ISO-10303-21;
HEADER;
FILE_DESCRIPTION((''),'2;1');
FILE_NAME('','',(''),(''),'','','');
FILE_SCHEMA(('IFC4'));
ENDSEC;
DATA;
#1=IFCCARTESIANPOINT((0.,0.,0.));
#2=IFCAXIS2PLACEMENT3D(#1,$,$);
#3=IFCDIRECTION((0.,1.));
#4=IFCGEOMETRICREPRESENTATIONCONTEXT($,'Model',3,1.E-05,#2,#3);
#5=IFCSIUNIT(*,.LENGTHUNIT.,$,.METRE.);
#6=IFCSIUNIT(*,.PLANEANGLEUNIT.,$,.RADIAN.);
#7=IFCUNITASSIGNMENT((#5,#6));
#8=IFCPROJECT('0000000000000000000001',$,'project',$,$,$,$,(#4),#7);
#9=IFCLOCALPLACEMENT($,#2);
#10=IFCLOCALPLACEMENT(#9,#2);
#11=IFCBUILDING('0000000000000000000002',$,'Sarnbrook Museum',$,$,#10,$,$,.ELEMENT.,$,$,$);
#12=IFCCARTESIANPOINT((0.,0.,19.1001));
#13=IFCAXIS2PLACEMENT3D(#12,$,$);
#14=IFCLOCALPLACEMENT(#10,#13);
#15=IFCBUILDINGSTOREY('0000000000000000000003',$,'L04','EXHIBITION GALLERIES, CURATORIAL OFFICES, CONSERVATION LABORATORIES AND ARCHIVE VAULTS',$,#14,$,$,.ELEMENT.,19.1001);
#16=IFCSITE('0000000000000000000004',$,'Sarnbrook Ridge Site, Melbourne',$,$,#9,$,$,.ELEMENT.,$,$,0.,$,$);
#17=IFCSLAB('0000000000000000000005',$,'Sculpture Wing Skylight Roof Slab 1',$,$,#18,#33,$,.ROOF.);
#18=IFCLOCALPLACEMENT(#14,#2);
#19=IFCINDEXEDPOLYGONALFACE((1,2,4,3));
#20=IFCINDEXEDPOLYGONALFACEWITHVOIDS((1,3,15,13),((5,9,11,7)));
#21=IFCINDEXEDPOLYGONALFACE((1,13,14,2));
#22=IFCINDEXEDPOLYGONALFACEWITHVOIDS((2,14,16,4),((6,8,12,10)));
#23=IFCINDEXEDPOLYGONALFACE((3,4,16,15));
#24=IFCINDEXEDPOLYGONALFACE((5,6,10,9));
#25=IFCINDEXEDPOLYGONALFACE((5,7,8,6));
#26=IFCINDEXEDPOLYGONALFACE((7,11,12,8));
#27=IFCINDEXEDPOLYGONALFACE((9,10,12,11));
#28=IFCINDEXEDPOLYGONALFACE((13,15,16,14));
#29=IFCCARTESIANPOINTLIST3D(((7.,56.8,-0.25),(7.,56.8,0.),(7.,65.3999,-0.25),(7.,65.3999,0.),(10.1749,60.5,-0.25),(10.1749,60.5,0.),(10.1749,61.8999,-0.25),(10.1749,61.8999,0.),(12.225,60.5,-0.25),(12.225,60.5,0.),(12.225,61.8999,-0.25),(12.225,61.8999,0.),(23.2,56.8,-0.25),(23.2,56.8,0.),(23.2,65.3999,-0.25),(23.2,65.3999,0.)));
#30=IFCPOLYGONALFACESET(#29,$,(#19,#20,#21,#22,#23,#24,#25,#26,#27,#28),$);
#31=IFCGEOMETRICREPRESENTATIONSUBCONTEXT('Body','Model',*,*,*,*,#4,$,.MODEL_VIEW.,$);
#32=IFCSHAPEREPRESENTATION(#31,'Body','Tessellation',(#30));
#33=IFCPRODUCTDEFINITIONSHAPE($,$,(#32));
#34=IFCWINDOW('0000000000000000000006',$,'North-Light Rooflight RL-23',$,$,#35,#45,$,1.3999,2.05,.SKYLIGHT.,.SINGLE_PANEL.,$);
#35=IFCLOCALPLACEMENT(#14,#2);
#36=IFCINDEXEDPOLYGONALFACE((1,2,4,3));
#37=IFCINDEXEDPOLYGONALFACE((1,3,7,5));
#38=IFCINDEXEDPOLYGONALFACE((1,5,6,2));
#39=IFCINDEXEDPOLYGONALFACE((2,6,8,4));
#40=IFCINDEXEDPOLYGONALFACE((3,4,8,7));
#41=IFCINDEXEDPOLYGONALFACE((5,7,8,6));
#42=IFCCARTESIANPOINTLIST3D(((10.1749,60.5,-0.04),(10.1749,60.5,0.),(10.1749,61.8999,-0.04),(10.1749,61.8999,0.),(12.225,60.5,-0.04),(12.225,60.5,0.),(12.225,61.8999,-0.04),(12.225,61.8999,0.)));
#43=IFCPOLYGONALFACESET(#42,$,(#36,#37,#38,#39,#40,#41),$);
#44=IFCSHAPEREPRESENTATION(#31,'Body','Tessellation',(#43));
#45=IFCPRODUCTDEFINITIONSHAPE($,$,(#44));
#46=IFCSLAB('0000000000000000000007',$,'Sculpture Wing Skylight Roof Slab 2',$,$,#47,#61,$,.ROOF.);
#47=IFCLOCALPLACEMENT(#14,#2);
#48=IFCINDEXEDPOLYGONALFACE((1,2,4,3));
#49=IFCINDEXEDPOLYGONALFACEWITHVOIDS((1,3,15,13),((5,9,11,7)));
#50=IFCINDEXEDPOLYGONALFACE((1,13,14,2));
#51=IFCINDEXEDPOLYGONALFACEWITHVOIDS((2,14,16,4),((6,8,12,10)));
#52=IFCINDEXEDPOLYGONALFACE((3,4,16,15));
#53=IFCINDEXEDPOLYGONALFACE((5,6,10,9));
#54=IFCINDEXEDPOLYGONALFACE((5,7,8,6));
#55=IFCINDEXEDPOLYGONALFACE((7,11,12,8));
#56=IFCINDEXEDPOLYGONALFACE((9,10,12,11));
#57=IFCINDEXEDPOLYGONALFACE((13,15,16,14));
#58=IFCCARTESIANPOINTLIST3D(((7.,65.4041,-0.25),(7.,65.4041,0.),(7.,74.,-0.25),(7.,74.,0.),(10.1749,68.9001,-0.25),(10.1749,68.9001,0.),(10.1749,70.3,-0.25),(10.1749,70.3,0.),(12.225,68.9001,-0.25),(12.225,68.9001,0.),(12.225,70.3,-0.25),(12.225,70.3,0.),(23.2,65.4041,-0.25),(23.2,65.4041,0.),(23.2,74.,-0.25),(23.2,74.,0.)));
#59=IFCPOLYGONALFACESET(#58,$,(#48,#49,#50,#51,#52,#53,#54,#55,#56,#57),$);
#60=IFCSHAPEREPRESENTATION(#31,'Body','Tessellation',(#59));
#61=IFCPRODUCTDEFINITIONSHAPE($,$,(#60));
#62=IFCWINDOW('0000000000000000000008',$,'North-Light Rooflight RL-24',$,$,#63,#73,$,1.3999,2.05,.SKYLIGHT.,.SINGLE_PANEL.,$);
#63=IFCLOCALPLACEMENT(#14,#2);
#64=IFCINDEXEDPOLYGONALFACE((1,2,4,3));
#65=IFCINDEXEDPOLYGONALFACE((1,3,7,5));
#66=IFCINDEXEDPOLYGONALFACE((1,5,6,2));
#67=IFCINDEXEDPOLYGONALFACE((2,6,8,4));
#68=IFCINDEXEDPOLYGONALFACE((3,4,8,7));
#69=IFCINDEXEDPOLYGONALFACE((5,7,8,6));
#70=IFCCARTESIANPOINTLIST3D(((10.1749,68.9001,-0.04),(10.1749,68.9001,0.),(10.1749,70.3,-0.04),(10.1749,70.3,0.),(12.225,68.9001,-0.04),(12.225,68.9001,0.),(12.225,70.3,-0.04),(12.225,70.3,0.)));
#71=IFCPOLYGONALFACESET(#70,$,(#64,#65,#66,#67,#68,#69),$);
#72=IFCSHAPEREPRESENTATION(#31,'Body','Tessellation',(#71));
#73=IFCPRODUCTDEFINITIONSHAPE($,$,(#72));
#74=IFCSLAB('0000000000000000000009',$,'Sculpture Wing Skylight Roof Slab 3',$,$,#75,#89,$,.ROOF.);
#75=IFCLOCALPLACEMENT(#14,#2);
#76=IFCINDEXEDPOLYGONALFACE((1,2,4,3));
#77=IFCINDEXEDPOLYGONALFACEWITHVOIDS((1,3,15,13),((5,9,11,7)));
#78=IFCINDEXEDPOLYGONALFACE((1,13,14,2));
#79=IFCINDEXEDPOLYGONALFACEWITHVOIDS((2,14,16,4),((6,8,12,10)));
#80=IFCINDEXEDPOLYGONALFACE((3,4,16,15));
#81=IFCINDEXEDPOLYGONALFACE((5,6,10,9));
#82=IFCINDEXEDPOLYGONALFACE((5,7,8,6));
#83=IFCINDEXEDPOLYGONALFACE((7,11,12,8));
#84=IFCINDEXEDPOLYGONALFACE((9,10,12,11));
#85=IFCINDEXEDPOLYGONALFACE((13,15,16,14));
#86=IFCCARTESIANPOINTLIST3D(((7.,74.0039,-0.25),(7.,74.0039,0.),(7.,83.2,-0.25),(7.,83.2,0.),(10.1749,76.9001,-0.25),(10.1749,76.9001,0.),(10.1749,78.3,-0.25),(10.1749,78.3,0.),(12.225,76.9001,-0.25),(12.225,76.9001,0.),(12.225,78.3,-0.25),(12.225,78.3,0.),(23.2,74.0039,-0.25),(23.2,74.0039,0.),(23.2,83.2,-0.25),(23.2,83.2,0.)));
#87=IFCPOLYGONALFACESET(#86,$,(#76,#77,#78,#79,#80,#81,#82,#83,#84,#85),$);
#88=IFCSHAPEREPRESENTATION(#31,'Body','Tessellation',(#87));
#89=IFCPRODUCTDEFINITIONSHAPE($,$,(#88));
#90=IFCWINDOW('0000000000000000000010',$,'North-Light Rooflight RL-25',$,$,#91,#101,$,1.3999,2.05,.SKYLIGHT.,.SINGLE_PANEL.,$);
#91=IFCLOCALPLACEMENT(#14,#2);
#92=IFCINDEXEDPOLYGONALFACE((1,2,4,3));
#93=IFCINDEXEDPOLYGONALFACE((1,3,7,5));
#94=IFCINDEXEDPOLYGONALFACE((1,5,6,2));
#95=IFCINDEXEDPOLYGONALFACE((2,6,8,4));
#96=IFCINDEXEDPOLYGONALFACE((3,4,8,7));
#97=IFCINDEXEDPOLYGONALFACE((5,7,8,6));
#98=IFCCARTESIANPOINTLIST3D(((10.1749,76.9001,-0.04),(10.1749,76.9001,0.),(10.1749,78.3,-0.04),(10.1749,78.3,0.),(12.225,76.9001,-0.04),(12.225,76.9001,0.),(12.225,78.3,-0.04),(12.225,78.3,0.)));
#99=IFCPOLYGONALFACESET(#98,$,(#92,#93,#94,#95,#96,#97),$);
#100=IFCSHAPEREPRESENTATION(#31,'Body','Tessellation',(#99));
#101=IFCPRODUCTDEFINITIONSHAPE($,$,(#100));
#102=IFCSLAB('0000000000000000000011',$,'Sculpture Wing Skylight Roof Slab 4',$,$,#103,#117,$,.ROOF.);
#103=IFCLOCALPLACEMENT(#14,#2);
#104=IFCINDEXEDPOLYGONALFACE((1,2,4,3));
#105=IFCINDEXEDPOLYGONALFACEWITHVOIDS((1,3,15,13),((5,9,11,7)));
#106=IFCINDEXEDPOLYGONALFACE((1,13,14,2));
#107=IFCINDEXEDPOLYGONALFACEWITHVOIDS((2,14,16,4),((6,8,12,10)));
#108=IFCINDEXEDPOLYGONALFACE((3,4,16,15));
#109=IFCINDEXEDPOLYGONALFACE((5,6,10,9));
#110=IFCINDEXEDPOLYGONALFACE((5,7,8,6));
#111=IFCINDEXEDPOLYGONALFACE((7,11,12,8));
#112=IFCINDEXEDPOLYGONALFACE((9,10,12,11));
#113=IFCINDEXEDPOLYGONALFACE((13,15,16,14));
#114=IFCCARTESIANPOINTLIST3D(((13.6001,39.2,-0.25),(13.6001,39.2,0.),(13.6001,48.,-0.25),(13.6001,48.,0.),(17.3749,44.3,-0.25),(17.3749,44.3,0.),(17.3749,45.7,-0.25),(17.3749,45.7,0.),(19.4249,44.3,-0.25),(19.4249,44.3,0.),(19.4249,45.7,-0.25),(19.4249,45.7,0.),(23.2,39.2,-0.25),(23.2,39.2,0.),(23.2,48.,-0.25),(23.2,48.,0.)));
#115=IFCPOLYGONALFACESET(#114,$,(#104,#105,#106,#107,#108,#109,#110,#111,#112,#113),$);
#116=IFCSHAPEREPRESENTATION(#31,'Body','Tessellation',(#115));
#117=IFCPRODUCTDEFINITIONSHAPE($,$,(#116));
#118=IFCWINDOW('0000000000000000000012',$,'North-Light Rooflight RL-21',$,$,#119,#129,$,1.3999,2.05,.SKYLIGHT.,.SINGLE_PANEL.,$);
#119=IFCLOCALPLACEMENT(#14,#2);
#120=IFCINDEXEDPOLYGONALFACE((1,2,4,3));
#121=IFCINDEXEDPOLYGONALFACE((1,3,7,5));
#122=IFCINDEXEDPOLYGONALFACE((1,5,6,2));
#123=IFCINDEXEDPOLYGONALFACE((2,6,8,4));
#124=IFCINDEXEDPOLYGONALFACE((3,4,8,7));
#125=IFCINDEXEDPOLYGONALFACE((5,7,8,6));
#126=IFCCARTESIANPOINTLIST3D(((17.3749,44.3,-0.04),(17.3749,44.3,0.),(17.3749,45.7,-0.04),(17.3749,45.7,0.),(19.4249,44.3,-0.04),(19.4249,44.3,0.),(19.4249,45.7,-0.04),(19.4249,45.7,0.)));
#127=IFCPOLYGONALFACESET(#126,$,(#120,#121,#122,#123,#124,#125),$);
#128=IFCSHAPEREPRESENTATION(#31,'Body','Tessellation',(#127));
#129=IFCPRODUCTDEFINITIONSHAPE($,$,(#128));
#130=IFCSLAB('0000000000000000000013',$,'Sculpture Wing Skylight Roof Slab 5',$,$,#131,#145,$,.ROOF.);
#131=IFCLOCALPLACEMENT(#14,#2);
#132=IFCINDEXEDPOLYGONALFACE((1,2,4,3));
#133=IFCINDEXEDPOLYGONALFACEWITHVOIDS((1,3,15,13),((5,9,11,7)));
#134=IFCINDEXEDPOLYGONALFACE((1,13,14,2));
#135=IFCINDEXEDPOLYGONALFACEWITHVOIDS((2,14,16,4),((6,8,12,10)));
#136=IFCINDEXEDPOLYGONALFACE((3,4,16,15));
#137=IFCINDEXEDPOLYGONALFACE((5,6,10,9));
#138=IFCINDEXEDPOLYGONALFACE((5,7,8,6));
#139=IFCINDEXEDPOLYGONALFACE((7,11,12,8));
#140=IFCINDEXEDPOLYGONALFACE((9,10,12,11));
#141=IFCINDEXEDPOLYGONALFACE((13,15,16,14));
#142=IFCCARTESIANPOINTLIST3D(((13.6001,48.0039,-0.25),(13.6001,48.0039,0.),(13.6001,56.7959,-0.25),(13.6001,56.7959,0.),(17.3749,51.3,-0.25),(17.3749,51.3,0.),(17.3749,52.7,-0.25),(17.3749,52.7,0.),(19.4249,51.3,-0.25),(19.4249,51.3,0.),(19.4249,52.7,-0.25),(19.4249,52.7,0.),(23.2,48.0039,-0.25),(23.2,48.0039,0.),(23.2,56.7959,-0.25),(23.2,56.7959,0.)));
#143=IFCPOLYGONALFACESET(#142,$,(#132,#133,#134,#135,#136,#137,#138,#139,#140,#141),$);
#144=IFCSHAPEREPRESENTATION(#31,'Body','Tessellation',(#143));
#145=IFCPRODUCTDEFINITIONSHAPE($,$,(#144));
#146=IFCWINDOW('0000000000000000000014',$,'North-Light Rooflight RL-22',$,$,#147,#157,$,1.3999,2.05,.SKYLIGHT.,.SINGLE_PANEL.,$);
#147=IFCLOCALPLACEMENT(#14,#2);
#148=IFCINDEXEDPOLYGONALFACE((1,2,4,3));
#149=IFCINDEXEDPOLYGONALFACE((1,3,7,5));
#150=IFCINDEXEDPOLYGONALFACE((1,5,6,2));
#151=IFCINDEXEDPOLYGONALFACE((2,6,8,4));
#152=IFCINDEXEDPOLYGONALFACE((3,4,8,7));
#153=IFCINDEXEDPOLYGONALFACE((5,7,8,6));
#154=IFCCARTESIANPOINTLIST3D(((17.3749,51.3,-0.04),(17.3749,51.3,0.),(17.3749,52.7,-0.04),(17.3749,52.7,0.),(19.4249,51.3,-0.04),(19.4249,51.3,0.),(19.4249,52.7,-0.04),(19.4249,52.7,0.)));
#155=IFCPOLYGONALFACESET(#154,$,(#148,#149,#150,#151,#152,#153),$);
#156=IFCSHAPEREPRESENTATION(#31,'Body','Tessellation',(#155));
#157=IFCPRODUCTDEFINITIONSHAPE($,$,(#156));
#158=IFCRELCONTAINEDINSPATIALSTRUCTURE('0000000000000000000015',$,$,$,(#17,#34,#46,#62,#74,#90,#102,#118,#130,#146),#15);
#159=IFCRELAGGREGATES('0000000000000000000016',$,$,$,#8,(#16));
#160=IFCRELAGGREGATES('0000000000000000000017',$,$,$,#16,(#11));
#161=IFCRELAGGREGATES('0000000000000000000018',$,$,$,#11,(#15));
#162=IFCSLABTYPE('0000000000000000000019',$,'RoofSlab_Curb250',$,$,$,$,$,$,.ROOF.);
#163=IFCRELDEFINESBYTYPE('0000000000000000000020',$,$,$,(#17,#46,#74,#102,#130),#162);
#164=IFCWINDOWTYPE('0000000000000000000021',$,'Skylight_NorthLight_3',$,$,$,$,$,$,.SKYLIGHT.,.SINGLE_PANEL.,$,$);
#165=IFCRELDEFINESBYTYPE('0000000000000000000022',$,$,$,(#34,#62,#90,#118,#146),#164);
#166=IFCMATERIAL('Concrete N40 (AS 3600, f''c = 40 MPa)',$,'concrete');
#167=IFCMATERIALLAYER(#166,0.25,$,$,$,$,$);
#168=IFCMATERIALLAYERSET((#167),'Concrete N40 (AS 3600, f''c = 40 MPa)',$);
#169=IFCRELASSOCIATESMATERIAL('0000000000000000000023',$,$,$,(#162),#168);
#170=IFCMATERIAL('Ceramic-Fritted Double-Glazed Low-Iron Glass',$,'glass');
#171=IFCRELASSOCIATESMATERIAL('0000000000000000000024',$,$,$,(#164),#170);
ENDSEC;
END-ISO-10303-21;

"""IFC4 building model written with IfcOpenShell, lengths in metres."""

from ifc_helpers import new_model, si_unit, direction, frame, origin, origin_2d, place, context, subcontext, project, spatial, polyline, rectangle, outline, extrude, material, layer, layer_set, type_object, element, fill, save


model = new_model("IFC4")

# Units and contexts
model_context = context("Model", 3, precision=1e-05, world=origin(), true_north=direction((0.0, 1.0)))
body_context = subcontext(model_context, "Body", "Model", "MODEL_VIEW")
ifc_project = project(units=[si_unit("LENGTHUNIT", "METRE"), si_unit("PLANEANGLEUNIT", "RADIAN")], contexts=[model_context])

# Site, building, storey
site_placement = place(None, origin())
site = spatial("IfcSite", under=ifc_project, at=site_placement, Name="Sarnbrook Ridge Site, Melbourne", CompositionType="ELEMENT", RefElevation=0.0)
building_placement = place(site_placement, origin())
building = spatial("IfcBuilding", under=site, at=building_placement, Name="Sarnbrook Museum", CompositionType="ELEMENT")
storey_placement = place(building_placement, frame((0.0, 0.0, 19.1001)))
storey = spatial("IfcBuildingStorey", under=building, at=storey_placement, Name="L04", Description="EXHIBITION GALLERIES, CURATORIAL OFFICES, CONSERVATION LABORATORIES AND ARCHIVE VAULTS", CompositionType="ELEMENT", Elevation=19.1001)

# Shared definitions
ifc_material_1 = material(Name="Concrete N40 (AS 3600, f'c = 40 MPa)", Category="concrete")

# Slabs, openings, windows
ifc_layer_1 = layer(ifc_material_1, 0.25)
ifc_layer_set_1 = layer_set([ifc_layer_1], Name="Concrete N40 (AS 3600, f'c = 40 MPa)")
slab_type_1 = type_object("IfcSlabType", Name="RoofSlab_Curb250", PredefinedType="ROOF", material=ifc_layer_set_1)
slab_1_placement = place(storey_placement, frame((0.0, 0.0, -0.25)))
slab_1 = element("IfcSlab", 1, at=slab_1_placement, inside=storey, type_object=slab_type_1, Name="Sculpture Wing Skylight Roof Slab 1", PredefinedType="ROOF", context=body_context, shape_type="SweptSolid", body=[
    extrude(outline(polyline([(7.0, 56.8), (7.0, 65.3999), (23.2, 65.3999), (23.2, 56.8), (7.0, 56.8)])), origin(), (0.0, 0.0, 1.0), 0.25),
])
opening_1_placement = place(slab_1_placement, frame((11.2, 61.2, -0.01)))
opening_1 = element("IfcOpeningElement", 2, at=opening_1_placement, cuts=slab_1, PredefinedType="OPENING", context=body_context, shape_type="SweptSolid", body=[
    extrude(rectangle(XDim=2.05, YDim=1.3999, at=origin_2d()), origin(), (0.0, 0.0, 1.0), 0.27),
])
ifc_material_2 = material(Name="Ceramic-Fritted Double-Glazed Low-Iron Glass", Category="glass")
window_type = type_object("IfcWindowType", Name="Skylight_NorthLight_3", PartitioningType="SINGLE_PANEL", PredefinedType="SKYLIGHT", material=ifc_material_2)
window_1_placement = place(opening_1_placement, frame((0.0, 0.0, 0.22)))
window_1 = element("IfcWindow", 3, at=window_1_placement, inside=storey, type_object=window_type, Name="North-Light Rooflight RL-23", OverallHeight=1.3999, OverallWidth=2.05, PartitioningType="SINGLE_PANEL", PredefinedType="SKYLIGHT", context=body_context, shape_type="SweptSolid", body=[
    extrude(rectangle(XDim=2.05, YDim=1.3999, at=origin_2d()), origin(), (0.0, 0.0, 1.0), 0.04),
])
fill(opening_1, window_1)
slab_2_placement = place(storey_placement, frame((0.0, 0.0, -0.25)))
slab_2 = element("IfcSlab", 4, at=slab_2_placement, inside=storey, type_object=slab_type_1, Name="Sculpture Wing Skylight Roof Slab 2", PredefinedType="ROOF", context=body_context, shape_type="SweptSolid", body=[
    extrude(outline(polyline([(7.0, 74.0), (23.2, 74.0), (23.2, 65.4041), (7.0, 65.4041), (7.0, 74.0)])), origin(), (0.0, 0.0, 1.0), 0.25),
])
opening_2_placement = place(slab_2_placement, frame((11.2, 69.6001, -0.01)))
opening_2 = element("IfcOpeningElement", 5, at=opening_2_placement, cuts=slab_2, PredefinedType="OPENING", context=body_context, shape_type="SweptSolid", body=[
    extrude(rectangle(XDim=2.05, YDim=1.3999, at=origin_2d()), origin(), (0.0, 0.0, 1.0), 0.27),
])
window_2_placement = place(opening_2_placement, frame((0.0, 0.0, 0.22)))
window_2 = element("IfcWindow", 6, at=window_2_placement, inside=storey, type_object=window_type, Name="North-Light Rooflight RL-24", OverallHeight=1.3999, OverallWidth=2.05, PartitioningType="SINGLE_PANEL", PredefinedType="SKYLIGHT", context=body_context, shape_type="SweptSolid", body=[
    extrude(rectangle(XDim=2.05, YDim=1.3999, at=origin_2d()), origin(), (0.0, 0.0, 1.0), 0.04),
])
fill(opening_2, window_2)
slab_3_placement = place(storey_placement, frame((0.0, 0.0, -0.25)))
slab_3 = element("IfcSlab", 7, at=slab_3_placement, inside=storey, type_object=slab_type_1, Name="Sculpture Wing Skylight Roof Slab 3", PredefinedType="ROOF", context=body_context, shape_type="SweptSolid", body=[
    extrude(outline(polyline([(7.0, 83.2), (23.2, 83.2), (23.2, 74.0039), (7.0, 74.0039), (7.0, 83.2)])), origin(), (0.0, 0.0, 1.0), 0.25),
])
opening_3_placement = place(slab_3_placement, frame((11.2, 77.6001, -0.01)))
opening_3 = element("IfcOpeningElement", 8, at=opening_3_placement, cuts=slab_3, PredefinedType="OPENING", context=body_context, shape_type="SweptSolid", body=[
    extrude(rectangle(XDim=2.05, YDim=1.3999, at=origin_2d()), origin(), (0.0, 0.0, 1.0), 0.27),
])
window_3_placement = place(opening_3_placement, frame((0.0, 0.0, 0.22)))
window_3 = element("IfcWindow", 9, at=window_3_placement, inside=storey, type_object=window_type, Name="North-Light Rooflight RL-25", OverallHeight=1.3999, OverallWidth=2.05, PartitioningType="SINGLE_PANEL", PredefinedType="SKYLIGHT", context=body_context, shape_type="SweptSolid", body=[
    extrude(rectangle(XDim=2.05, YDim=1.3999, at=origin_2d()), origin(), (0.0, 0.0, 1.0), 0.04),
])
fill(opening_3, window_3)
slab_4_placement = place(storey_placement, frame((0.0, 0.0, -0.25)))
slab_4 = element("IfcSlab", 10, at=slab_4_placement, inside=storey, type_object=slab_type_1, Name="Sculpture Wing Skylight Roof Slab 4", PredefinedType="ROOF", context=body_context, shape_type="SweptSolid", body=[
    extrude(outline(polyline([(13.6001, 39.2), (13.6001, 48.0), (23.2, 48.0), (23.2, 39.2), (13.6001, 39.2)])), origin(), (0.0, 0.0, 1.0), 0.25),
])
opening_4_placement = place(slab_4_placement, frame((18.3999, 45.0, -0.01)))
opening_4 = element("IfcOpeningElement", 11, at=opening_4_placement, cuts=slab_4, PredefinedType="OPENING", context=body_context, shape_type="SweptSolid", body=[
    extrude(rectangle(XDim=2.05, YDim=1.3999, at=origin_2d()), origin(), (0.0, 0.0, 1.0), 0.27),
])
window_4_placement = place(opening_4_placement, frame((0.0, 0.0, 0.22)))
window_4 = element("IfcWindow", 12, at=window_4_placement, inside=storey, type_object=window_type, Name="North-Light Rooflight RL-21", OverallHeight=1.3999, OverallWidth=2.05, PartitioningType="SINGLE_PANEL", PredefinedType="SKYLIGHT", context=body_context, shape_type="SweptSolid", body=[
    extrude(rectangle(XDim=2.05, YDim=1.3999, at=origin_2d()), origin(), (0.0, 0.0, 1.0), 0.04),
])
fill(opening_4, window_4)
slab_5_placement = place(storey_placement, frame((0.0, 0.0, -0.25)))
slab_5 = element("IfcSlab", 13, at=slab_5_placement, inside=storey, type_object=slab_type_1, Name="Sculpture Wing Skylight Roof Slab 5", PredefinedType="ROOF", context=body_context, shape_type="SweptSolid", body=[
    extrude(outline(polyline([(23.2, 48.0039), (13.6001, 48.0039), (13.6001, 56.7959), (23.2, 56.7959), (23.2, 48.0039)])), origin(), (0.0, 0.0, 1.0), 0.25),
])
opening_5_placement = place(slab_5_placement, frame((18.3999, 52.0, -0.01)))
opening_5 = element("IfcOpeningElement", 14, at=opening_5_placement, cuts=slab_5, PredefinedType="OPENING", context=body_context, shape_type="SweptSolid", body=[
    extrude(rectangle(XDim=2.05, YDim=1.3999, at=origin_2d()), origin(), (0.0, 0.0, 1.0), 0.27),
])
window_5_placement = place(opening_5_placement, frame((0.0, 0.0, 0.22)))
window_5 = element("IfcWindow", 15, at=window_5_placement, inside=storey, type_object=window_type, Name="North-Light Rooflight RL-22", OverallHeight=1.3999, OverallWidth=2.05, PartitioningType="SINGLE_PANEL", PredefinedType="SKYLIGHT", context=body_context, shape_type="SweptSolid", body=[
    extrude(rectangle(XDim=2.05, YDim=1.3999, at=origin_2d()), origin(), (0.0, 0.0, 1.0), 0.04),
])
fill(opening_5, window_5)

save(model, "model.ifc")
